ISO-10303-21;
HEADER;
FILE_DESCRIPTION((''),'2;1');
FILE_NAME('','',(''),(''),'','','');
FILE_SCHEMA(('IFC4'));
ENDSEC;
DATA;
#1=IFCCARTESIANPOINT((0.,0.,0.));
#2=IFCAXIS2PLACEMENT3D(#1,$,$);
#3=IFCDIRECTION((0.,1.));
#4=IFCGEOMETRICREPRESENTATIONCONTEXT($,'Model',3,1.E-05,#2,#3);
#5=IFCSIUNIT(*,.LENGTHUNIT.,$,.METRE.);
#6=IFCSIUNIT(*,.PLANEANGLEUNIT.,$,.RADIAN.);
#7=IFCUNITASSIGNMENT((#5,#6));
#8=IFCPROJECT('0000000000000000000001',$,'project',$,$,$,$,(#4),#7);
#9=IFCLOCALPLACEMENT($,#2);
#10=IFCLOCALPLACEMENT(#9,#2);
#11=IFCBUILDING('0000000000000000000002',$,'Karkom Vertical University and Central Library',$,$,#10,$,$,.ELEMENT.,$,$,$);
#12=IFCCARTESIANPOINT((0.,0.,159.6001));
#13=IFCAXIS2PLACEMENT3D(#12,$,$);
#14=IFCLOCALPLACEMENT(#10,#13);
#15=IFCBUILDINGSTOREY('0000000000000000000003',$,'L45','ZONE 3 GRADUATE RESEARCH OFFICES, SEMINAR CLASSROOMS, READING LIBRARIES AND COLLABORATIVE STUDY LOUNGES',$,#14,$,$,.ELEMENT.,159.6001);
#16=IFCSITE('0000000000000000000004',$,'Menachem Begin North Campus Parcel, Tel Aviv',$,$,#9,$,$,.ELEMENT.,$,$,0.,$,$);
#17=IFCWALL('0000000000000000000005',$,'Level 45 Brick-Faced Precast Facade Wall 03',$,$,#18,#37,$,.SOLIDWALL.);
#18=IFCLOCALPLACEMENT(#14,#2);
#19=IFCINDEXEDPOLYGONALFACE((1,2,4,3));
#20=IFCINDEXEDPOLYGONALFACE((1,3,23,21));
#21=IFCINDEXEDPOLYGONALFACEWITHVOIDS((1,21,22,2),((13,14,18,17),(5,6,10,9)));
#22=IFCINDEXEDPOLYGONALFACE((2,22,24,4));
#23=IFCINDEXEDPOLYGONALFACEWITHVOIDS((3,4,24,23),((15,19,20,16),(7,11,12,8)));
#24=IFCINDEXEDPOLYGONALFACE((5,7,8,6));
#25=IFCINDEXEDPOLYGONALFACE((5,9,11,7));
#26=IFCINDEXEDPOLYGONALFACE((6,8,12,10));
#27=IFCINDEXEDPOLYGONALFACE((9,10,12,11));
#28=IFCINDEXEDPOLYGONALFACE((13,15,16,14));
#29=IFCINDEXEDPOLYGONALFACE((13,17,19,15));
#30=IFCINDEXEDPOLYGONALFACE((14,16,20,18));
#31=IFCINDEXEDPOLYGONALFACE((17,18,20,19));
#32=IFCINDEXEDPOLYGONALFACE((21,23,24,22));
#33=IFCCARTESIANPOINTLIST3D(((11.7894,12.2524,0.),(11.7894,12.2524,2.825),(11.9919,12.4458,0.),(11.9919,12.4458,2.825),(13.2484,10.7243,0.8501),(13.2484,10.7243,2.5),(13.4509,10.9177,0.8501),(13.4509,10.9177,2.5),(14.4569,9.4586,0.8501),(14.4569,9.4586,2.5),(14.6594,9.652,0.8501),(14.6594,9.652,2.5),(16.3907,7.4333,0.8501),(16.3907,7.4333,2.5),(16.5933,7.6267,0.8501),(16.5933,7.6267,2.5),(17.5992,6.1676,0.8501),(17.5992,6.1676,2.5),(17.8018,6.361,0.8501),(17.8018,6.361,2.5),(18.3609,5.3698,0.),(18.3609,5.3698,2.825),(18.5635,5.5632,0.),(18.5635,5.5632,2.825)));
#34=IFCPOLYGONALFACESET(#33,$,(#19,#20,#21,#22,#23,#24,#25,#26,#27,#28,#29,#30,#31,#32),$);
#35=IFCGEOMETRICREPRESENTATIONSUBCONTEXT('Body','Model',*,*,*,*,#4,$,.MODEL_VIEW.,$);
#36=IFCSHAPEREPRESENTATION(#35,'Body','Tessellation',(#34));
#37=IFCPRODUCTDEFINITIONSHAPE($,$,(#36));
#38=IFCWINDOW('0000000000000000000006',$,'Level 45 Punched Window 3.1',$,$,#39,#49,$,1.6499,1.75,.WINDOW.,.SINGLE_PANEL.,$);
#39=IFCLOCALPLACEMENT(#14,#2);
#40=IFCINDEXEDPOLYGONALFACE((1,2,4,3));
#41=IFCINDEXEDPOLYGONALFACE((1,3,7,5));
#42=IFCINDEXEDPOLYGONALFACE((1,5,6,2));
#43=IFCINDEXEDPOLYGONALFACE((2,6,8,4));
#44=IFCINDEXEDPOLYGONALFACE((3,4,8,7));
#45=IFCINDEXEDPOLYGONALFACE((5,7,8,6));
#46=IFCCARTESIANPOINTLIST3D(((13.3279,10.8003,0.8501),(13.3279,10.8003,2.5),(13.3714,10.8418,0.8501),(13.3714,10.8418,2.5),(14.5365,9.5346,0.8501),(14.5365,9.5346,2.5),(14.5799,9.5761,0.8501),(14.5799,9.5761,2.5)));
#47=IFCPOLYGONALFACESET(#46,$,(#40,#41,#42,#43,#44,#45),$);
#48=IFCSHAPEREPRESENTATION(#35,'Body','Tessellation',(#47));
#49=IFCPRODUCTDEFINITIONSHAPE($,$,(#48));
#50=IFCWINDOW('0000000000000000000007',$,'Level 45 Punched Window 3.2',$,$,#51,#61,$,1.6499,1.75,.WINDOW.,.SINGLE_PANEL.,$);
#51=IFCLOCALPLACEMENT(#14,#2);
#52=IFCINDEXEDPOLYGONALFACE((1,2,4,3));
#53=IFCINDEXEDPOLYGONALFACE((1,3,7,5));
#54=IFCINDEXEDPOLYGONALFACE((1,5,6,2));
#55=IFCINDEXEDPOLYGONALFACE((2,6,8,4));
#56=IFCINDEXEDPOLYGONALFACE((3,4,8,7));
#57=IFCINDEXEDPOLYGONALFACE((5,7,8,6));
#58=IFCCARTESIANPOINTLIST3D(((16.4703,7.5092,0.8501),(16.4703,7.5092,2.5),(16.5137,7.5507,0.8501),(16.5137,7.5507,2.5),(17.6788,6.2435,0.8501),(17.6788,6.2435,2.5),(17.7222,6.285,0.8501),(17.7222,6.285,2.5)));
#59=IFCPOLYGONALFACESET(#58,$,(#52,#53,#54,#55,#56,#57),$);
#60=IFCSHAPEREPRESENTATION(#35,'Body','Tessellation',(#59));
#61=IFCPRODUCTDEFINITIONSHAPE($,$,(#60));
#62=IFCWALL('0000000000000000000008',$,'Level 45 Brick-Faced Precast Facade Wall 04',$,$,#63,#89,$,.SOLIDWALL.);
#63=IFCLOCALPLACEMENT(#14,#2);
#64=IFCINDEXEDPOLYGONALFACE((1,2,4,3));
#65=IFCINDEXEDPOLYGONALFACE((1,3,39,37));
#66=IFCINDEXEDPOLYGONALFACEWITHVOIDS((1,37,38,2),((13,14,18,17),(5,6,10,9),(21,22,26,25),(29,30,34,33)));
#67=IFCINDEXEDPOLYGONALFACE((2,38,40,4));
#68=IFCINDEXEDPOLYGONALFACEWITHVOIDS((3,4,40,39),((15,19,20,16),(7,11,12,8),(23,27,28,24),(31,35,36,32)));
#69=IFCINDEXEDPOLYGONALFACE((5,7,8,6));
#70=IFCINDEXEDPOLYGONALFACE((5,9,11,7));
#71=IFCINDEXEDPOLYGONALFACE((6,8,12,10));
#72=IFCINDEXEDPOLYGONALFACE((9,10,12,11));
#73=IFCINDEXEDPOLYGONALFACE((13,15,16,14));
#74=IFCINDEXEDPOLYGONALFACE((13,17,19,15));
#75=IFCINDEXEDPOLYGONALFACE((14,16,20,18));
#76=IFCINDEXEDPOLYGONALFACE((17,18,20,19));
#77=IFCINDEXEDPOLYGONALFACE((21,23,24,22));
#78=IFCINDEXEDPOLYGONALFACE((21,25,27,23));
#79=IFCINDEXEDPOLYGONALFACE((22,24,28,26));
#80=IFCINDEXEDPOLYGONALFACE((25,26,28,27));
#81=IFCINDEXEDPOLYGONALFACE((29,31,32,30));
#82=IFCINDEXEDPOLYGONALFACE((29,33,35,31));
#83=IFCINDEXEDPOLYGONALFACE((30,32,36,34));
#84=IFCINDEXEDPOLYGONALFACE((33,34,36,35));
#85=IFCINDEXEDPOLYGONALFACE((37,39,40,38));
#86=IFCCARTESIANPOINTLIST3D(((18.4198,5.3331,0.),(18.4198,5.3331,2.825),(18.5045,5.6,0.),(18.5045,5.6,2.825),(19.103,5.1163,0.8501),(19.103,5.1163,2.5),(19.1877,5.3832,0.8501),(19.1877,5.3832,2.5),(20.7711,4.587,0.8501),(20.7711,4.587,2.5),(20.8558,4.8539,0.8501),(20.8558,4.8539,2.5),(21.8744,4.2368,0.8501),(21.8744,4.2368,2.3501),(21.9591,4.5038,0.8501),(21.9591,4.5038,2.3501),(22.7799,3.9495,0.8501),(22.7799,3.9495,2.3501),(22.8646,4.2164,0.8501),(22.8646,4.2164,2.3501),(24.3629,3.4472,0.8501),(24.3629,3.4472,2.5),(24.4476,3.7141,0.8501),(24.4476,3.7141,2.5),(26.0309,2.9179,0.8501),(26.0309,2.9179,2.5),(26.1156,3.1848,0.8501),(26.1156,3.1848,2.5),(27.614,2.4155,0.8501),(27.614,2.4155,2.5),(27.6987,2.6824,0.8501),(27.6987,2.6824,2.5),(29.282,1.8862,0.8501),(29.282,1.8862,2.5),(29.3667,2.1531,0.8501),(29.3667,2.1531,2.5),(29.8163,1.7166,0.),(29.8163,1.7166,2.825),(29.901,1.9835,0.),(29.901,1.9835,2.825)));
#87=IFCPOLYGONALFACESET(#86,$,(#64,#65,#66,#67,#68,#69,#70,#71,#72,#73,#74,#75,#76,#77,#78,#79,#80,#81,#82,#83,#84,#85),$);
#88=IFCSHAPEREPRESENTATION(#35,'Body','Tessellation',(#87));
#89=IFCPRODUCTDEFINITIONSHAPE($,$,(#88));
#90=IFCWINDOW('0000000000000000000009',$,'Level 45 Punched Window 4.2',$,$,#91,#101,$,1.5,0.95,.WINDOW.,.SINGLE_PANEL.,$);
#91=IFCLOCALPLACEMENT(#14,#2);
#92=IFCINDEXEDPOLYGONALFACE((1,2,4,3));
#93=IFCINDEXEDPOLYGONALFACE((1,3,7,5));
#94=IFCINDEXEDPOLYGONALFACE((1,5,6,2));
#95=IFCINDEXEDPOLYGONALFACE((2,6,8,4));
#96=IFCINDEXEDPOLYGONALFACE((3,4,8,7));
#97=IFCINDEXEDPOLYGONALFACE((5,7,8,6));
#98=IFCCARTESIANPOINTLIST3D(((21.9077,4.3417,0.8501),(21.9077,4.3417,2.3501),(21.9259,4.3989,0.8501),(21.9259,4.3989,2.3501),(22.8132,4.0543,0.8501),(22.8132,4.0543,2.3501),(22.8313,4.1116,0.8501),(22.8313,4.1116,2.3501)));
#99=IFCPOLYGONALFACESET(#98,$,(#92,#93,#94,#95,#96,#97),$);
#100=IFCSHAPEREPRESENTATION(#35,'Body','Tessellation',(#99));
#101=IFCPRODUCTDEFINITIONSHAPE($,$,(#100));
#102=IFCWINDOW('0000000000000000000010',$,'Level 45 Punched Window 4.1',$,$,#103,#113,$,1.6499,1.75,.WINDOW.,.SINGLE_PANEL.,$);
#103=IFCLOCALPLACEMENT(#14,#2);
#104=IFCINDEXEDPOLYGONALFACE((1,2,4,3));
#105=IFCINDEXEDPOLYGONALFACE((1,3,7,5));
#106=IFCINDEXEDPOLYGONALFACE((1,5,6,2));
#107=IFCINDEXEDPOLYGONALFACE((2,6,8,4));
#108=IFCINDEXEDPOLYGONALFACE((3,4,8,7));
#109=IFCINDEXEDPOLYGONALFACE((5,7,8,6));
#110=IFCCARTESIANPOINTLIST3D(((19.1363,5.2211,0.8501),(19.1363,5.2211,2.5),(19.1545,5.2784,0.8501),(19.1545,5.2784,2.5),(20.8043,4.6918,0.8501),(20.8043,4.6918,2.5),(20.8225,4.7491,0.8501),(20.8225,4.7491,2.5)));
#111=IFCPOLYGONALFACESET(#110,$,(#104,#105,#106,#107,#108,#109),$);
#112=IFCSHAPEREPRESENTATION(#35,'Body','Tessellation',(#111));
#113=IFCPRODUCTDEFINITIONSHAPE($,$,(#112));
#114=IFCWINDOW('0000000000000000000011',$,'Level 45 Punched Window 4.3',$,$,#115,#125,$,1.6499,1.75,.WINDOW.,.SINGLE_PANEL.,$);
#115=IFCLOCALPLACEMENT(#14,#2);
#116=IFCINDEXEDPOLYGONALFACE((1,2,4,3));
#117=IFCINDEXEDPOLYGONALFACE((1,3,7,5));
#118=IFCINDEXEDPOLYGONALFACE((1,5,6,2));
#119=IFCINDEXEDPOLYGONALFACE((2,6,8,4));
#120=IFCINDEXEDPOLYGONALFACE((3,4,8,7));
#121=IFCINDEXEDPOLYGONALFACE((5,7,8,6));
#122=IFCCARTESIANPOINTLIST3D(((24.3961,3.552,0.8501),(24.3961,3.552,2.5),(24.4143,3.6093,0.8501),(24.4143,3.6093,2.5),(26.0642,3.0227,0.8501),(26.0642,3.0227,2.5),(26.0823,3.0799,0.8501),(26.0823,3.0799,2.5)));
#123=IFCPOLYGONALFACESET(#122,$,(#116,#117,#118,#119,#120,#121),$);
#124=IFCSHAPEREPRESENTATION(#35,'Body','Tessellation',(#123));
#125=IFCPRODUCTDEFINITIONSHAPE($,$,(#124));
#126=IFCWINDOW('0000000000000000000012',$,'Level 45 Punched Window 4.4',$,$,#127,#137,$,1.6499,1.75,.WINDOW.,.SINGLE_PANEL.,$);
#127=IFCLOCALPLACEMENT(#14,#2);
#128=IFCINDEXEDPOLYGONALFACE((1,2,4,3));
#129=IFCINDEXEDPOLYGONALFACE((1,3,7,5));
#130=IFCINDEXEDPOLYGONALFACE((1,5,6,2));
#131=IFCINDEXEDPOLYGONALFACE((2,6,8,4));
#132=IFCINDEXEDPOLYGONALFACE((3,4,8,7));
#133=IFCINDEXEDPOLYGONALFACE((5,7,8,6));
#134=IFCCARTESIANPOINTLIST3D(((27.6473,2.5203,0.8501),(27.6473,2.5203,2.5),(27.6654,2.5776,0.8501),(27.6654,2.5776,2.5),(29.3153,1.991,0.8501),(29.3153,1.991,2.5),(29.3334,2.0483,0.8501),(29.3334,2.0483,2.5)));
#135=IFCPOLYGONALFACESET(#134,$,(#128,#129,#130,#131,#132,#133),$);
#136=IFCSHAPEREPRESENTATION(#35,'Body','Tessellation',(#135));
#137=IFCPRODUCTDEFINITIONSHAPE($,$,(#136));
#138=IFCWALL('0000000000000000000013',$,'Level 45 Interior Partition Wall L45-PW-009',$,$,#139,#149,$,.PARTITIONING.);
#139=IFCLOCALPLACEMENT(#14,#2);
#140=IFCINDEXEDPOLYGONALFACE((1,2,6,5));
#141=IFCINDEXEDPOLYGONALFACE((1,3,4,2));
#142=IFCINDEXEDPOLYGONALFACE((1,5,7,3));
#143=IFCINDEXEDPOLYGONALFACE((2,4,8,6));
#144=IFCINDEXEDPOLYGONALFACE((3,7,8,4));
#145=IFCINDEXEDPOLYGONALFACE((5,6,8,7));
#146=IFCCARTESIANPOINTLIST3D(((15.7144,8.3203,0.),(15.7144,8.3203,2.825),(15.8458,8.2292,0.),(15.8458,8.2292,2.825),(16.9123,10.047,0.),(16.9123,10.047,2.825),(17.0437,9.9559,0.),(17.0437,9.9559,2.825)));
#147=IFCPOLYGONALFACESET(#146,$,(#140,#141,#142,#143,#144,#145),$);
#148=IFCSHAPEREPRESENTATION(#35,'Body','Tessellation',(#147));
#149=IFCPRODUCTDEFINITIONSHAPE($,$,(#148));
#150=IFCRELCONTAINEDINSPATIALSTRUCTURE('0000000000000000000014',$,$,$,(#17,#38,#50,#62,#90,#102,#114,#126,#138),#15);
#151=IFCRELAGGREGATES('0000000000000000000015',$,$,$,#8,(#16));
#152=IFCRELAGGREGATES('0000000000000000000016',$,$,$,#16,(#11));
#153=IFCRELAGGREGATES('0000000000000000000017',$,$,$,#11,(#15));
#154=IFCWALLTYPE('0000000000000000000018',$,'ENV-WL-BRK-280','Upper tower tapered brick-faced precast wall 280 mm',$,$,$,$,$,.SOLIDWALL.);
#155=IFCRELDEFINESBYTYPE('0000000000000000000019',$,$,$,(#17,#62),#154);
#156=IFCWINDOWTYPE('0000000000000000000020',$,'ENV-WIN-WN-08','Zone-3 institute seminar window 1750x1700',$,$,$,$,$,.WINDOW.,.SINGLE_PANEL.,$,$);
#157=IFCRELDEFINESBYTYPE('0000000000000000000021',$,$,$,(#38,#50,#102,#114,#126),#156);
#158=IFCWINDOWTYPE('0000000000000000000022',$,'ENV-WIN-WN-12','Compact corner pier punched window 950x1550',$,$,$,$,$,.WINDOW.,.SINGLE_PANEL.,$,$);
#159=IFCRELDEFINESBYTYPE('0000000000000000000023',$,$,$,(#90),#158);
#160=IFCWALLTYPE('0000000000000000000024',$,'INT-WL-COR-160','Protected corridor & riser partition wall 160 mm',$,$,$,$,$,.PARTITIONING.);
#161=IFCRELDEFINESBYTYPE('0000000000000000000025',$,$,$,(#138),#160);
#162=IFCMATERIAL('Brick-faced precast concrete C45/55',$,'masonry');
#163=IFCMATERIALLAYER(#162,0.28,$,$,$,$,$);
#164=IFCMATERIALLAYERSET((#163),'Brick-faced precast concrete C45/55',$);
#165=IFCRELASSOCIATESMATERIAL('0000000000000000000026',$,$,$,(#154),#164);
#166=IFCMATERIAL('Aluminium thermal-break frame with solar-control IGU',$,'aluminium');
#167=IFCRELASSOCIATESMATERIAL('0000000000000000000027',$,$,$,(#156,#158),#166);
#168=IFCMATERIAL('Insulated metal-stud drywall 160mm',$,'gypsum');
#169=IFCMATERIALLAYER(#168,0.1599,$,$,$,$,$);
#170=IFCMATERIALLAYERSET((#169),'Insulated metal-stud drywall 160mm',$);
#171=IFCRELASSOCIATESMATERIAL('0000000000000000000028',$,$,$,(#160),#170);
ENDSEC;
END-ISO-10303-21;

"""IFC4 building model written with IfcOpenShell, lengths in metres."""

from ifc_helpers import new_model, si_unit, direction, frame, frame_2d, origin, origin_with_axes, place, context, subcontext, project, spatial, rectangle, extrude, source, transform, mapped, material, layer, layer_set, type_object, element, fill, save


model = new_model("IFC4")

# Units and contexts
model_context = context("Model", 3, precision=1e-05, world=origin(), true_north=direction((0.0, 1.0)))
body_context = subcontext(model_context, "Body", "Model", "MODEL_VIEW")
ifc_project = project(units=[si_unit("LENGTHUNIT", "METRE"), si_unit("PLANEANGLEUNIT", "RADIAN")], contexts=[model_context])

# Site, building, storey
site_placement = place(None, origin())
site = spatial("IfcSite", under=ifc_project, at=site_placement, Name="Menachem Begin North Campus Parcel, Tel Aviv", CompositionType="ELEMENT", RefElevation=0.0)
building_placement = place(site_placement, origin())
building = spatial("IfcBuilding", under=site, at=building_placement, Name="Karkom Vertical University and Central Library", CompositionType="ELEMENT")
storey_placement = place(building_placement, frame((0.0, 0.0, 159.6001)))
storey = spatial("IfcBuildingStorey", under=building, at=storey_placement, Name="L45", Description="ZONE 3 GRADUATE RESEARCH OFFICES, SEMINAR CLASSROOMS, READING LIBRARIES AND COLLABORATIVE STUDY LOUNGES", CompositionType="ELEMENT", Elevation=159.6001)

# Walls, openings, windows
ifc_material_1 = material(Name="Brick-faced precast concrete C45/55", Category="masonry")
ifc_layer_1 = layer(ifc_material_1, 0.28)
ifc_layer_set_1 = layer_set([ifc_layer_1], Name="Brick-faced precast concrete C45/55")
wall_type_1 = type_object("IfcWallType", Name="ENV-WL-BRK-280", Description="Upper tower tapered brick-faced precast wall 280 mm", PredefinedType="SOLIDWALL", material=ifc_layer_set_1)
wall_1_placement = place(storey_placement, frame((11.8906, 12.3491, 0.0), z_axis=(0.0, 0.0, 1.0), x_axis=(0.690575, -0.723261, 0.0)))
wall_1 = element("IfcWall", 1, at=wall_1_placement, inside=storey, type_object=wall_type_1, Name="Level 45 Brick-Faced Precast Facade Wall 03", PredefinedType="SOLIDWALL", context=body_context, shape_type="SweptSolid", body=[
    extrude(rectangle(XDim=9.5161, YDim=0.28, at=frame_2d((4.7581, 0.0))), origin(), (0.0, 0.0, 1.0), 2.825),
])
opening_1_placement = place(wall_1_placement, frame((2.1128, 0.0, 0.8501)))
opening_1 = element("IfcOpeningElement", 2, at=opening_1_placement, cuts=wall_1, PredefinedType="OPENING", context=body_context, shape_type="SweptSolid", body=[
    extrude(rectangle(XDim=1.75, YDim=1.6499, at=frame_2d((0.875, 0.825))), frame((0.0, 0.1499, 0.0), z_axis=(0.0, -1.0, 0.0), x_axis=(1.0, 0.0, 0.0)), (0.0, 0.0, 1.0), 0.3),
])
opening_2_placement = place(wall_1_placement, frame((6.6631, 0.0, 0.8501)))
opening_2 = element("IfcOpeningElement", 3, at=opening_2_placement, cuts=wall_1, PredefinedType="OPENING", context=body_context, shape_type="SweptSolid", body=[
    extrude(rectangle(XDim=1.75, YDim=1.6499, at=frame_2d((0.875, 0.825))), frame((0.0, 0.1499, 0.0), z_axis=(0.0, -1.0, 0.0), x_axis=(1.0, 0.0, 0.0)), (0.0, 0.0, 1.0), 0.3),
])
ifc_material_2 = material(Name="Aluminium thermal-break frame with solar-control IGU", Category="aluminium")
window_type_1 = type_object("IfcWindowType", Name="ENV-WIN-WN-08", Description="Zone-3 institute seminar window 1750x1700", PartitioningType="SINGLE_PANEL", PredefinedType="WINDOW", material=ifc_material_2)
shared_shape_1 = source(origin_with_axes(), body_context, "Body", "SweptSolid", [
    extrude(rectangle(XDim=1.75, YDim=1.6499, at=frame_2d((0.875, 0.825))), frame((0.0, 0.03, 0.0), z_axis=(0.0, -1.0, 0.0), x_axis=(1.0, 0.0, 0.0)), (0.0, 0.0, 1.0), 0.0601),
])
window_1_placement = place(opening_1_placement, origin())
window_1 = element("IfcWindow", 4, at=window_1_placement, inside=storey, type_object=window_type_1, Name="Level 45 Punched Window 3.1", OverallHeight=1.6499, OverallWidth=1.75, PartitioningType="SINGLE_PANEL", PredefinedType="WINDOW", context=body_context, shape_type="MappedRepresentation", body=[
    mapped(shared_shape_1, transform((0.0, 0.0, 0.0), scale=1.0)),
])
fill(opening_1, window_1)
window_2_placement = place(opening_2_placement, origin())
window_2 = element("IfcWindow", 5, at=window_2_placement, inside=storey, type_object=window_type_1, Name="Level 45 Punched Window 3.2", OverallHeight=1.6499, OverallWidth=1.75, PartitioningType="SINGLE_PANEL", PredefinedType="WINDOW", context=body_context, shape_type="MappedRepresentation", body=[
    mapped(shared_shape_1, transform((0.0, 0.0, 0.0), scale=1.0)),
])
fill(opening_2, window_2)
wall_2_placement = place(storey_placement, frame((18.4622, 5.4666, 0.0), z_axis=(0.0, 0.0, 1.0), x_axis=(0.95316, -0.302467, 0.0)))
wall_2 = element("IfcWall", 6, at=wall_2_placement, inside=storey, type_object=wall_type_1, Name="Level 45 Brick-Faced Precast Facade Wall 04", PredefinedType="SOLIDWALL", context=body_context, shape_type="SweptSolid", body=[
    extrude(rectangle(XDim=11.9565, YDim=0.28, at=frame_2d((5.9783, 0.0))), origin(), (0.0, 0.0, 1.0), 2.825),
])
opening_3_placement = place(wall_2_placement, frame((0.7168, 0.0, 0.8501)))
opening_3 = element("IfcOpeningElement", 7, at=opening_3_placement, cuts=wall_2, PredefinedType="OPENING", context=body_context, shape_type="SweptSolid", body=[
    extrude(rectangle(XDim=1.75, YDim=1.6499, at=frame_2d((0.875, 0.825))), frame((0.0, 0.1499, 0.0), z_axis=(0.0, -1.0, 0.0), x_axis=(1.0, 0.0, 0.0)), (0.0, 0.0, 1.0), 0.3),
])
opening_4_placement = place(wall_2_placement, frame((3.6243, 0.0, 0.8501)))
opening_4 = element("IfcOpeningElement", 8, at=opening_4_placement, cuts=wall_2, PredefinedType="OPENING", context=body_context, shape_type="SweptSolid", body=[
    extrude(rectangle(XDim=0.95, YDim=1.5, at=frame_2d((0.4751, 0.75))), frame((0.0, 0.1499, 0.0), z_axis=(0.0, -1.0, 0.0), x_axis=(1.0, 0.0, 0.0)), (0.0, 0.0, 1.0), 0.3),
])
opening_5_placement = place(wall_2_placement, frame((6.2351, 0.0, 0.8501)))
opening_5 = element("IfcOpeningElement", 9, at=opening_5_placement, cuts=wall_2, PredefinedType="OPENING", context=body_context, shape_type="SweptSolid", body=[
    extrude(rectangle(XDim=1.75, YDim=1.6499, at=frame_2d((0.875, 0.825))), frame((0.0, 0.1499, 0.0), z_axis=(0.0, -1.0, 0.0), x_axis=(1.0, 0.0, 0.0)), (0.0, 0.0, 1.0), 0.3),
])
opening_6_placement = place(wall_2_placement, frame((9.646, 0.0, 0.8501)))
opening_6 = element("IfcOpeningElement", 10, at=opening_6_placement, cuts=wall_2, PredefinedType="OPENING", context=body_context, shape_type="SweptSolid", body=[
    extrude(rectangle(XDim=1.75, YDim=1.6499, at=frame_2d((0.875, 0.825))), frame((0.0, 0.1499, 0.0), z_axis=(0.0, -1.0, 0.0), x_axis=(1.0, 0.0, 0.0)), (0.0, 0.0, 1.0), 0.3),
])
window_type_2 = type_object("IfcWindowType", Name="ENV-WIN-WN-12", Description="Compact corner pier punched window 950x1550", PartitioningType="SINGLE_PANEL", PredefinedType="WINDOW", material=ifc_material_2)
shared_shape_2 = source(origin_with_axes(), body_context, "Body", "SweptSolid", [
    extrude(rectangle(XDim=0.95, YDim=1.5, at=frame_2d((0.4751, 0.75))), frame((0.0, 0.03, 0.0), z_axis=(0.0, -1.0, 0.0), x_axis=(1.0, 0.0, 0.0)), (0.0, 0.0, 1.0), 0.0601),
])
window_3_placement = place(opening_4_placement, origin())
window_3 = element("IfcWindow", 11, at=window_3_placement, inside=storey, type_object=window_type_2, Name="Level 45 Punched Window 4.2", OverallHeight=1.5, OverallWidth=0.95, PartitioningType="SINGLE_PANEL", PredefinedType="WINDOW", context=body_context, shape_type="MappedRepresentation", body=[
    mapped(shared_shape_2, transform((0.0, 0.0, 0.0), scale=1.0)),
])
fill(opening_4, window_3)
window_4_placement = place(opening_3_placement, origin())
window_4 = element("IfcWindow", 12, at=window_4_placement, inside=storey, type_object=window_type_1, Name="Level 45 Punched Window 4.1", OverallHeight=1.6499, OverallWidth=1.75, PartitioningType="SINGLE_PANEL", PredefinedType="WINDOW", context=body_context, shape_type="MappedRepresentation", body=[
    mapped(shared_shape_1, transform((0.0, 0.0, 0.0), scale=1.0)),
])
fill(opening_3, window_4)
window_5_placement = place(opening_5_placement, origin())
window_5 = element("IfcWindow", 13, at=window_5_placement, inside=storey, type_object=window_type_1, Name="Level 45 Punched Window 4.3", OverallHeight=1.6499, OverallWidth=1.75, PartitioningType="SINGLE_PANEL", PredefinedType="WINDOW", context=body_context, shape_type="MappedRepresentation", body=[
    mapped(shared_shape_1, transform((0.0, 0.0, 0.0), scale=1.0)),
])
fill(opening_5, window_5)
window_6_placement = place(opening_6_placement, origin())
window_6 = element("IfcWindow", 14, at=window_6_placement, inside=storey, type_object=window_type_1, Name="Level 45 Punched Window 4.4", OverallHeight=1.6499, OverallWidth=1.75, PartitioningType="SINGLE_PANEL", PredefinedType="WINDOW", context=body_context, shape_type="MappedRepresentation", body=[
    mapped(shared_shape_1, transform((0.0, 0.0, 0.0), scale=1.0)),
])
fill(opening_6, window_6)

# Wall
ifc_material_3 = material(Name="Insulated metal-stud drywall 160mm", Category="gypsum")
ifc_layer_2 = layer(ifc_material_3, 0.1599)
ifc_layer_set_2 = layer_set([ifc_layer_2], Name="Insulated metal-stud drywall 160mm")
wall_type_2 = type_object("IfcWallType", Name="INT-WL-COR-160", Description="Protected corridor & riser partition wall 160 mm", PredefinedType="PARTITIONING", material=ifc_layer_set_2)
wall_3_placement = place(storey_placement, frame((16.978, 10.0015, 0.0), z_axis=(0.0, 0.0, 1.0), x_axis=(-0.570019, -0.821631, 0.0)))
element("IfcWall", 15, at=wall_3_placement, inside=storey, type_object=wall_type_2, Name="Level 45 Interior Partition Wall L45-PW-009", PredefinedType="PARTITIONING", context=body_context, shape_type="SweptSolid", body=[
    extrude(rectangle(XDim=2.1016, YDim=0.1599, at=frame_2d((1.0508, 0.0))), origin(), (0.0, 0.0, 1.0), 2.825),
])

save(model, "model.ifc")
